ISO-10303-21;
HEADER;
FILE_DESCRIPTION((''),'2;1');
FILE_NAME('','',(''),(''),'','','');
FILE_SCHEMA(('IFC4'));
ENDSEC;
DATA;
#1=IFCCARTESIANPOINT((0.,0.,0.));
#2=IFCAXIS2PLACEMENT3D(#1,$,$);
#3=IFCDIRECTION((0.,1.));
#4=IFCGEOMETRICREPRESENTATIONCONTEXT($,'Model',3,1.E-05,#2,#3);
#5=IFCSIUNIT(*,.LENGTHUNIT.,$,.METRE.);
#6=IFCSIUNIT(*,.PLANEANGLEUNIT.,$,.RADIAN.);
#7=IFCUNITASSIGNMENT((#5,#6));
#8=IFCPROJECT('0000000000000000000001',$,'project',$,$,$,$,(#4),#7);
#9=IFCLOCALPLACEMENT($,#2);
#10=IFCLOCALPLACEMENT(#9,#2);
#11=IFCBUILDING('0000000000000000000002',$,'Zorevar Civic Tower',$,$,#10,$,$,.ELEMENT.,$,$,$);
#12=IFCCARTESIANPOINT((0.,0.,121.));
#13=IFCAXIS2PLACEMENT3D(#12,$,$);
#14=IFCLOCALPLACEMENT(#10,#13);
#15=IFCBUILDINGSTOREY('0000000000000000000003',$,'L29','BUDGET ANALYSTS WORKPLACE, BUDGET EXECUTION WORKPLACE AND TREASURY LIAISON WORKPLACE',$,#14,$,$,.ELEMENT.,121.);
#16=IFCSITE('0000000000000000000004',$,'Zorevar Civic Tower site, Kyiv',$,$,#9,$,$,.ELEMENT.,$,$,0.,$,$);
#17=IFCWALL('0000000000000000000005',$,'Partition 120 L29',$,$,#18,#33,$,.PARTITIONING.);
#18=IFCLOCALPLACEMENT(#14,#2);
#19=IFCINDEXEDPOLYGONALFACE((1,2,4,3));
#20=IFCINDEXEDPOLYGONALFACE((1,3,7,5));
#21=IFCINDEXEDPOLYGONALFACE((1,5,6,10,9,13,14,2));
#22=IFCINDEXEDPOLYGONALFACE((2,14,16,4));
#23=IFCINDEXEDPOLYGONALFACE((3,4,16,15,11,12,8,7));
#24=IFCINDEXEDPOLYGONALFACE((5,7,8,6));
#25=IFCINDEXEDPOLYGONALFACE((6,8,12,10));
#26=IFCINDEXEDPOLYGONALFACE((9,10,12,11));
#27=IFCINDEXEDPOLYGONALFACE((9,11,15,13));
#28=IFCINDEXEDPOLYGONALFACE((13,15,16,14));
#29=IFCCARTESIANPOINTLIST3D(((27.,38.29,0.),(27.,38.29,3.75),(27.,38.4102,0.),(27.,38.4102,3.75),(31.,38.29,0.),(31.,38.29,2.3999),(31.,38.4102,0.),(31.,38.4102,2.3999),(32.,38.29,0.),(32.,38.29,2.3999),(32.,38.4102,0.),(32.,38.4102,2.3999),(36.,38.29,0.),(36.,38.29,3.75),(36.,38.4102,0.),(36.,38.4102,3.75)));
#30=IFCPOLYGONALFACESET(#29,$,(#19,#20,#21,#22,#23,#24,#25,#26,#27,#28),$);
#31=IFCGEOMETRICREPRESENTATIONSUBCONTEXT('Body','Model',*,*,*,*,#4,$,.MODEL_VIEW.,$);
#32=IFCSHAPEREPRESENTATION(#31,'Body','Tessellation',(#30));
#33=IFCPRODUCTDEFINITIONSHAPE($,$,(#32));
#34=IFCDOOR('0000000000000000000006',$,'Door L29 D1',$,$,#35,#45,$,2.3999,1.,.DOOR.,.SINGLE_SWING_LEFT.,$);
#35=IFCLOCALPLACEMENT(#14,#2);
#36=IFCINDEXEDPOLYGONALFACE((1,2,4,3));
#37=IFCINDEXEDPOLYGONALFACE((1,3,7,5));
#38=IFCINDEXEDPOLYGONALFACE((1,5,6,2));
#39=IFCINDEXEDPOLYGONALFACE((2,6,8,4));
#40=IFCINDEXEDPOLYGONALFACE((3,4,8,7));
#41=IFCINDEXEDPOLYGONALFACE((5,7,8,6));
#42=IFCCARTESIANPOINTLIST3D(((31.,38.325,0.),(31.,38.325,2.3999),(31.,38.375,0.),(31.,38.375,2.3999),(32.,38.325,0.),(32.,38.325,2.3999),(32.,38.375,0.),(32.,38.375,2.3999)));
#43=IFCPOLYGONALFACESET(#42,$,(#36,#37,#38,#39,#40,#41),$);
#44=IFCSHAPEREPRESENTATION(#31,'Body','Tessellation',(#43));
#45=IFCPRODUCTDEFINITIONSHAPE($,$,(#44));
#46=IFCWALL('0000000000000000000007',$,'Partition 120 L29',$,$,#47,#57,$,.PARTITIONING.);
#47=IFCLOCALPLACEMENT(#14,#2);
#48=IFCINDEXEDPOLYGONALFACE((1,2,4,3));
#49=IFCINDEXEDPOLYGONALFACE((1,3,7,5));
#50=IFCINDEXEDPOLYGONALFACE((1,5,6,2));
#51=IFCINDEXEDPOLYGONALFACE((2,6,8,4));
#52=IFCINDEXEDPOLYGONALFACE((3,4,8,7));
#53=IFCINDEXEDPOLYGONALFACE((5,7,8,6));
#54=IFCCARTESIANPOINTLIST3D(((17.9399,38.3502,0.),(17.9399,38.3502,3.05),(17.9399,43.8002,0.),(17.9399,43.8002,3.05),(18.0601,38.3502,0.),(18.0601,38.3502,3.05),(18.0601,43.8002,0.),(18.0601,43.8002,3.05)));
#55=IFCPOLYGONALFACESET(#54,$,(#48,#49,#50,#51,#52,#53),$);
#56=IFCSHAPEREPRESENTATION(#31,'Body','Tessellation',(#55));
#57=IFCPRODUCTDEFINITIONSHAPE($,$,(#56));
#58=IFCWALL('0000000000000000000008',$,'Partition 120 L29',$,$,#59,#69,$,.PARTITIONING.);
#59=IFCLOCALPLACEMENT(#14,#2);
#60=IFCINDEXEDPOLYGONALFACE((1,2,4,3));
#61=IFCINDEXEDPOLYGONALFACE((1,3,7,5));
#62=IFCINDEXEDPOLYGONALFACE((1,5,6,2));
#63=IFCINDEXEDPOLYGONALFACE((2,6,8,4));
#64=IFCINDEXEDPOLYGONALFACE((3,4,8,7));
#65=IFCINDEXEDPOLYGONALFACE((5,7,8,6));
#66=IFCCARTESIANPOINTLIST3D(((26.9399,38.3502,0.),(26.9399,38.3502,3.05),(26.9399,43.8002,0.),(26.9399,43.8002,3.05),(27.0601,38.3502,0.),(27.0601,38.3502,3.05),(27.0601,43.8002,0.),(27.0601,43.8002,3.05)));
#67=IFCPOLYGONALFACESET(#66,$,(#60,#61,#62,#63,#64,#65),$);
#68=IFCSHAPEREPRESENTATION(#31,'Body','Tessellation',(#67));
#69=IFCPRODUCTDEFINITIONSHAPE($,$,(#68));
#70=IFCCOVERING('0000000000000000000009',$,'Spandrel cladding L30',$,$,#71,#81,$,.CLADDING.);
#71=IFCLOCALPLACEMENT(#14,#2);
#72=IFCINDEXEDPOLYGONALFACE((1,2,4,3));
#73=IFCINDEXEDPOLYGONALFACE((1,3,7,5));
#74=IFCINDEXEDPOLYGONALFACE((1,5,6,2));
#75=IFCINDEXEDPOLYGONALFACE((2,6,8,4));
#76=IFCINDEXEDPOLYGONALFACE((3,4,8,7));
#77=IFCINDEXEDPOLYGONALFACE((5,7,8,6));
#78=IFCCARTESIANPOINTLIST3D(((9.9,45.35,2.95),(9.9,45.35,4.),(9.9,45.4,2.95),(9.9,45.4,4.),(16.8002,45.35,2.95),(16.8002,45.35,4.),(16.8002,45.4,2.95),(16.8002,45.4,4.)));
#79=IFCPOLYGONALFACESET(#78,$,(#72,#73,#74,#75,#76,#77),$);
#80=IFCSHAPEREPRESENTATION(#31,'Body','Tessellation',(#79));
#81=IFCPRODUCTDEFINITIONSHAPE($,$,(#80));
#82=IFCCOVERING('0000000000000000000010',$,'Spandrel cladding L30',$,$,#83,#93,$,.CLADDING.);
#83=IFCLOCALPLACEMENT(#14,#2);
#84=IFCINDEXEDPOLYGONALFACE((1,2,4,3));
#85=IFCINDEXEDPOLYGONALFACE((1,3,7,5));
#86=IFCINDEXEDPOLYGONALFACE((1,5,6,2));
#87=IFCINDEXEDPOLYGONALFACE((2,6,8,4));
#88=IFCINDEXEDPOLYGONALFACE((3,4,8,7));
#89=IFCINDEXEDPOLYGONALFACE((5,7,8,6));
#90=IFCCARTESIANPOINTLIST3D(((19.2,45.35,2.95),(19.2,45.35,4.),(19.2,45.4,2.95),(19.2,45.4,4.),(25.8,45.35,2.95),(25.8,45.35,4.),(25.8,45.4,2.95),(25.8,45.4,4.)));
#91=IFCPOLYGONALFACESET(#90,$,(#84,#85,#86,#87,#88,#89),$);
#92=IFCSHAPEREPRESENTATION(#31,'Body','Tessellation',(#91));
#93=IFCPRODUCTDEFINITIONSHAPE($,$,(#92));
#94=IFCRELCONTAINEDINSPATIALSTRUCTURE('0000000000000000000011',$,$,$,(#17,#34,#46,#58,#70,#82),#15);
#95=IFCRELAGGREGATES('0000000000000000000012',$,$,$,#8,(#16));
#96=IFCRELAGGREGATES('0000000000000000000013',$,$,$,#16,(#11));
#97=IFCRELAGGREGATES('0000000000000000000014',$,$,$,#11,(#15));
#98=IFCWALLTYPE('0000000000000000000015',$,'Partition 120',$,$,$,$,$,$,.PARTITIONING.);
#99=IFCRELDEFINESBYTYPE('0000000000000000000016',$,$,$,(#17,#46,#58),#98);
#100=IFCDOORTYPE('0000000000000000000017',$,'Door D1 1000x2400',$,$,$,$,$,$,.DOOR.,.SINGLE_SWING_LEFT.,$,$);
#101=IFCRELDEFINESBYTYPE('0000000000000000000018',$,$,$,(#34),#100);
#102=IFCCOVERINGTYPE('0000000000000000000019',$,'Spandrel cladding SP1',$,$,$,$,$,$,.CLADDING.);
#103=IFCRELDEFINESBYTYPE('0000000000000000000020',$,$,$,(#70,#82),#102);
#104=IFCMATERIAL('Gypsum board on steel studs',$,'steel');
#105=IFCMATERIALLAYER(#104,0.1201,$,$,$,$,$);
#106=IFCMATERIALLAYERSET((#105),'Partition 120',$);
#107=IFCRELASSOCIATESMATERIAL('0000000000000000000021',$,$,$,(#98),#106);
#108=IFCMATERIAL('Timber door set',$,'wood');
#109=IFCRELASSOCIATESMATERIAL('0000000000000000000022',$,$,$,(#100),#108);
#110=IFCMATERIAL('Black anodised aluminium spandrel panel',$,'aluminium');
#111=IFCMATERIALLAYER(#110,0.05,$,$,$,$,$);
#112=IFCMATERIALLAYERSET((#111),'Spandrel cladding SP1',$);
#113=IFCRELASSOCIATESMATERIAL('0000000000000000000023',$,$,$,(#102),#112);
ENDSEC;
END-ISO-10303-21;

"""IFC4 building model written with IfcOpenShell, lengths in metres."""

from ifc_helpers import new_model, si_unit, direction, frame, frame_2d, origin, place, context, subcontext, project, spatial, rectangle, extrude, material, layer, layer_set, type_object, element, fill, save


model = new_model("IFC4")

# Units and contexts
model_context = context("Model", 3, precision=1e-05, world=origin(), true_north=direction((0.0, 1.0)))
body_context = subcontext(model_context, "Body", "Model", "MODEL_VIEW")
ifc_project = project(units=[si_unit("LENGTHUNIT", "METRE"), si_unit("PLANEANGLEUNIT", "RADIAN")], contexts=[model_context])

# Site, building, storey
site_placement = place(None, origin())
site = spatial("IfcSite", under=ifc_project, at=site_placement, Name="Zorevar Civic Tower site, Kyiv", CompositionType="ELEMENT", RefElevation=0.0)
building_placement = place(site_placement, origin())
building = spatial("IfcBuilding", under=site, at=building_placement, Name="Zorevar Civic Tower", CompositionType="ELEMENT")
storey_placement = place(building_placement, frame((0.0, 0.0, 121.0)))
storey = spatial("IfcBuildingStorey", under=building, at=storey_placement, Name="L29", Description="BUDGET ANALYSTS WORKPLACE, BUDGET EXECUTION WORKPLACE AND TREASURY LIAISON WORKPLACE", CompositionType="ELEMENT", Elevation=121.0)

# Wall, opening, door
ifc_material_1 = material(Name="Gypsum board on steel studs", Category="steel")
ifc_layer_1 = layer(ifc_material_1, 0.1201)
ifc_layer_set_1 = layer_set([ifc_layer_1], Name="Partition 120")
wall_type = type_object("IfcWallType", Name="Partition 120", PredefinedType="PARTITIONING", material=ifc_layer_set_1)
ifc_material_2 = material(Name="Timber door set", Category="wood")
door_type = type_object("IfcDoorType", Name="Door D1 1000x2400", OperationType="SINGLE_SWING_LEFT", PredefinedType="DOOR", material=ifc_material_2)
wall_1_placement = place(storey_placement, frame((27.0, 38.3501, 0.0), z_axis=(0.0, 0.0, 1.0), x_axis=(1.0, 0.0, 0.0)))
wall_1 = element("IfcWall", 1, at=wall_1_placement, inside=storey, type_object=wall_type, Name="Partition 120 L29", PredefinedType="PARTITIONING", context=body_context, shape_type="SweptSolid", body=[
    extrude(rectangle(XDim=9.0, YDim=0.1201, at=frame_2d((4.5, 0.0))), origin(), (0.0, 0.0, 1.0), 3.75),
])
opening_1_placement = place(wall_1_placement, frame((4.0, 0.0, 0.0)))
opening_1 = element("IfcOpeningElement", 2, at=opening_1_placement, cuts=wall_1, PredefinedType="OPENING", context=body_context, shape_type="SweptSolid", body=[
    extrude(rectangle(XDim=1.0, YDim=2.3999, at=frame_2d((0.5, 1.2))), frame((0.0, 0.0701, 0.0), z_axis=(0.0, -1.0, 0.0), x_axis=(1.0, 0.0, 0.0)), (0.0, 0.0, 1.0), 0.1401),
])
door_1_placement = place(opening_1_placement, origin())
door_1 = element("IfcDoor", 3, at=door_1_placement, inside=storey, type_object=door_type, Name="Door L29 D1", OperationType="SINGLE_SWING_LEFT", OverallHeight=2.3999, OverallWidth=1.0, PredefinedType="DOOR", context=body_context, shape_type="SweptSolid", body=[
    extrude(rectangle(XDim=1.0, YDim=2.3999, at=frame_2d((0.5, 1.2))), frame((0.0, 0.0249, 0.0), z_axis=(0.0, -1.0, 0.0), x_axis=(1.0, 0.0, 0.0)), (0.0, 0.0, 1.0), 0.05),
])
fill(opening_1, door_1)

# Walls
for number, where, z_axis, x_axis, name in (
    (4, (18.0, 38.3501, 0.0), (0.0, 0.0, 1.0), (0.0, 1.0, 0.0), "Partition 120 L29"),
    (5, (27.0, 38.3501, 0.0), (0.0, 0.0, 1.0), (0.0, 1.0, 0.0), "Partition 120 L29"),
):
    element("IfcWall", number, at=place(storey_placement, frame(where, z_axis=z_axis, x_axis=x_axis)), inside=storey, type_object=wall_type, Name=name, PredefinedType="PARTITIONING", context=body_context, shape_type="SweptSolid", body=[
        extrude(rectangle(XDim=5.45, YDim=0.1201, at=frame_2d((2.7251, 0.0))), origin(), (0.0, 0.0, 1.0), 3.05),
    ])

# Coverings
ifc_material_3 = material(Name="Black anodised aluminium spandrel panel", Category="aluminium")
ifc_layer_2 = layer(ifc_material_3, 0.05)
ifc_layer_set_2 = layer_set([ifc_layer_2], Name="Spandrel cladding SP1")
covering_type = type_object("IfcCoveringType", Name="Spandrel cladding SP1", PredefinedType="CLADDING", material=ifc_layer_set_2)
covering_1_placement = place(storey_placement, frame((9.8999, 45.375, 2.95), z_axis=(0.0, 0.0, 1.0), x_axis=(1.0, 0.0, 0.0)))
element("IfcCovering", 6, at=covering_1_placement, inside=storey, type_object=covering_type, Name="Spandrel cladding L30", PredefinedType="CLADDING", context=body_context, shape_type="SweptSolid", body=[
    extrude(rectangle(XDim=6.9001, YDim=0.05, at=frame_2d((3.4502, 0.0))), origin(), (0.0, 0.0, 1.0), 1.05),
])
covering_2_placement = place(storey_placement, frame((19.2, 45.375, 2.95), z_axis=(0.0, 0.0, 1.0), x_axis=(1.0, 0.0, 0.0)))
element("IfcCovering", 7, at=covering_2_placement, inside=storey, type_object=covering_type, Name="Spandrel cladding L30", PredefinedType="CLADDING", context=body_context, shape_type="SweptSolid", body=[
    extrude(rectangle(XDim=6.6001, YDim=0.05, at=frame_2d((3.3, 0.0))), origin(), (0.0, 0.0, 1.0), 1.05),
])

save(model, "model.ifc")
